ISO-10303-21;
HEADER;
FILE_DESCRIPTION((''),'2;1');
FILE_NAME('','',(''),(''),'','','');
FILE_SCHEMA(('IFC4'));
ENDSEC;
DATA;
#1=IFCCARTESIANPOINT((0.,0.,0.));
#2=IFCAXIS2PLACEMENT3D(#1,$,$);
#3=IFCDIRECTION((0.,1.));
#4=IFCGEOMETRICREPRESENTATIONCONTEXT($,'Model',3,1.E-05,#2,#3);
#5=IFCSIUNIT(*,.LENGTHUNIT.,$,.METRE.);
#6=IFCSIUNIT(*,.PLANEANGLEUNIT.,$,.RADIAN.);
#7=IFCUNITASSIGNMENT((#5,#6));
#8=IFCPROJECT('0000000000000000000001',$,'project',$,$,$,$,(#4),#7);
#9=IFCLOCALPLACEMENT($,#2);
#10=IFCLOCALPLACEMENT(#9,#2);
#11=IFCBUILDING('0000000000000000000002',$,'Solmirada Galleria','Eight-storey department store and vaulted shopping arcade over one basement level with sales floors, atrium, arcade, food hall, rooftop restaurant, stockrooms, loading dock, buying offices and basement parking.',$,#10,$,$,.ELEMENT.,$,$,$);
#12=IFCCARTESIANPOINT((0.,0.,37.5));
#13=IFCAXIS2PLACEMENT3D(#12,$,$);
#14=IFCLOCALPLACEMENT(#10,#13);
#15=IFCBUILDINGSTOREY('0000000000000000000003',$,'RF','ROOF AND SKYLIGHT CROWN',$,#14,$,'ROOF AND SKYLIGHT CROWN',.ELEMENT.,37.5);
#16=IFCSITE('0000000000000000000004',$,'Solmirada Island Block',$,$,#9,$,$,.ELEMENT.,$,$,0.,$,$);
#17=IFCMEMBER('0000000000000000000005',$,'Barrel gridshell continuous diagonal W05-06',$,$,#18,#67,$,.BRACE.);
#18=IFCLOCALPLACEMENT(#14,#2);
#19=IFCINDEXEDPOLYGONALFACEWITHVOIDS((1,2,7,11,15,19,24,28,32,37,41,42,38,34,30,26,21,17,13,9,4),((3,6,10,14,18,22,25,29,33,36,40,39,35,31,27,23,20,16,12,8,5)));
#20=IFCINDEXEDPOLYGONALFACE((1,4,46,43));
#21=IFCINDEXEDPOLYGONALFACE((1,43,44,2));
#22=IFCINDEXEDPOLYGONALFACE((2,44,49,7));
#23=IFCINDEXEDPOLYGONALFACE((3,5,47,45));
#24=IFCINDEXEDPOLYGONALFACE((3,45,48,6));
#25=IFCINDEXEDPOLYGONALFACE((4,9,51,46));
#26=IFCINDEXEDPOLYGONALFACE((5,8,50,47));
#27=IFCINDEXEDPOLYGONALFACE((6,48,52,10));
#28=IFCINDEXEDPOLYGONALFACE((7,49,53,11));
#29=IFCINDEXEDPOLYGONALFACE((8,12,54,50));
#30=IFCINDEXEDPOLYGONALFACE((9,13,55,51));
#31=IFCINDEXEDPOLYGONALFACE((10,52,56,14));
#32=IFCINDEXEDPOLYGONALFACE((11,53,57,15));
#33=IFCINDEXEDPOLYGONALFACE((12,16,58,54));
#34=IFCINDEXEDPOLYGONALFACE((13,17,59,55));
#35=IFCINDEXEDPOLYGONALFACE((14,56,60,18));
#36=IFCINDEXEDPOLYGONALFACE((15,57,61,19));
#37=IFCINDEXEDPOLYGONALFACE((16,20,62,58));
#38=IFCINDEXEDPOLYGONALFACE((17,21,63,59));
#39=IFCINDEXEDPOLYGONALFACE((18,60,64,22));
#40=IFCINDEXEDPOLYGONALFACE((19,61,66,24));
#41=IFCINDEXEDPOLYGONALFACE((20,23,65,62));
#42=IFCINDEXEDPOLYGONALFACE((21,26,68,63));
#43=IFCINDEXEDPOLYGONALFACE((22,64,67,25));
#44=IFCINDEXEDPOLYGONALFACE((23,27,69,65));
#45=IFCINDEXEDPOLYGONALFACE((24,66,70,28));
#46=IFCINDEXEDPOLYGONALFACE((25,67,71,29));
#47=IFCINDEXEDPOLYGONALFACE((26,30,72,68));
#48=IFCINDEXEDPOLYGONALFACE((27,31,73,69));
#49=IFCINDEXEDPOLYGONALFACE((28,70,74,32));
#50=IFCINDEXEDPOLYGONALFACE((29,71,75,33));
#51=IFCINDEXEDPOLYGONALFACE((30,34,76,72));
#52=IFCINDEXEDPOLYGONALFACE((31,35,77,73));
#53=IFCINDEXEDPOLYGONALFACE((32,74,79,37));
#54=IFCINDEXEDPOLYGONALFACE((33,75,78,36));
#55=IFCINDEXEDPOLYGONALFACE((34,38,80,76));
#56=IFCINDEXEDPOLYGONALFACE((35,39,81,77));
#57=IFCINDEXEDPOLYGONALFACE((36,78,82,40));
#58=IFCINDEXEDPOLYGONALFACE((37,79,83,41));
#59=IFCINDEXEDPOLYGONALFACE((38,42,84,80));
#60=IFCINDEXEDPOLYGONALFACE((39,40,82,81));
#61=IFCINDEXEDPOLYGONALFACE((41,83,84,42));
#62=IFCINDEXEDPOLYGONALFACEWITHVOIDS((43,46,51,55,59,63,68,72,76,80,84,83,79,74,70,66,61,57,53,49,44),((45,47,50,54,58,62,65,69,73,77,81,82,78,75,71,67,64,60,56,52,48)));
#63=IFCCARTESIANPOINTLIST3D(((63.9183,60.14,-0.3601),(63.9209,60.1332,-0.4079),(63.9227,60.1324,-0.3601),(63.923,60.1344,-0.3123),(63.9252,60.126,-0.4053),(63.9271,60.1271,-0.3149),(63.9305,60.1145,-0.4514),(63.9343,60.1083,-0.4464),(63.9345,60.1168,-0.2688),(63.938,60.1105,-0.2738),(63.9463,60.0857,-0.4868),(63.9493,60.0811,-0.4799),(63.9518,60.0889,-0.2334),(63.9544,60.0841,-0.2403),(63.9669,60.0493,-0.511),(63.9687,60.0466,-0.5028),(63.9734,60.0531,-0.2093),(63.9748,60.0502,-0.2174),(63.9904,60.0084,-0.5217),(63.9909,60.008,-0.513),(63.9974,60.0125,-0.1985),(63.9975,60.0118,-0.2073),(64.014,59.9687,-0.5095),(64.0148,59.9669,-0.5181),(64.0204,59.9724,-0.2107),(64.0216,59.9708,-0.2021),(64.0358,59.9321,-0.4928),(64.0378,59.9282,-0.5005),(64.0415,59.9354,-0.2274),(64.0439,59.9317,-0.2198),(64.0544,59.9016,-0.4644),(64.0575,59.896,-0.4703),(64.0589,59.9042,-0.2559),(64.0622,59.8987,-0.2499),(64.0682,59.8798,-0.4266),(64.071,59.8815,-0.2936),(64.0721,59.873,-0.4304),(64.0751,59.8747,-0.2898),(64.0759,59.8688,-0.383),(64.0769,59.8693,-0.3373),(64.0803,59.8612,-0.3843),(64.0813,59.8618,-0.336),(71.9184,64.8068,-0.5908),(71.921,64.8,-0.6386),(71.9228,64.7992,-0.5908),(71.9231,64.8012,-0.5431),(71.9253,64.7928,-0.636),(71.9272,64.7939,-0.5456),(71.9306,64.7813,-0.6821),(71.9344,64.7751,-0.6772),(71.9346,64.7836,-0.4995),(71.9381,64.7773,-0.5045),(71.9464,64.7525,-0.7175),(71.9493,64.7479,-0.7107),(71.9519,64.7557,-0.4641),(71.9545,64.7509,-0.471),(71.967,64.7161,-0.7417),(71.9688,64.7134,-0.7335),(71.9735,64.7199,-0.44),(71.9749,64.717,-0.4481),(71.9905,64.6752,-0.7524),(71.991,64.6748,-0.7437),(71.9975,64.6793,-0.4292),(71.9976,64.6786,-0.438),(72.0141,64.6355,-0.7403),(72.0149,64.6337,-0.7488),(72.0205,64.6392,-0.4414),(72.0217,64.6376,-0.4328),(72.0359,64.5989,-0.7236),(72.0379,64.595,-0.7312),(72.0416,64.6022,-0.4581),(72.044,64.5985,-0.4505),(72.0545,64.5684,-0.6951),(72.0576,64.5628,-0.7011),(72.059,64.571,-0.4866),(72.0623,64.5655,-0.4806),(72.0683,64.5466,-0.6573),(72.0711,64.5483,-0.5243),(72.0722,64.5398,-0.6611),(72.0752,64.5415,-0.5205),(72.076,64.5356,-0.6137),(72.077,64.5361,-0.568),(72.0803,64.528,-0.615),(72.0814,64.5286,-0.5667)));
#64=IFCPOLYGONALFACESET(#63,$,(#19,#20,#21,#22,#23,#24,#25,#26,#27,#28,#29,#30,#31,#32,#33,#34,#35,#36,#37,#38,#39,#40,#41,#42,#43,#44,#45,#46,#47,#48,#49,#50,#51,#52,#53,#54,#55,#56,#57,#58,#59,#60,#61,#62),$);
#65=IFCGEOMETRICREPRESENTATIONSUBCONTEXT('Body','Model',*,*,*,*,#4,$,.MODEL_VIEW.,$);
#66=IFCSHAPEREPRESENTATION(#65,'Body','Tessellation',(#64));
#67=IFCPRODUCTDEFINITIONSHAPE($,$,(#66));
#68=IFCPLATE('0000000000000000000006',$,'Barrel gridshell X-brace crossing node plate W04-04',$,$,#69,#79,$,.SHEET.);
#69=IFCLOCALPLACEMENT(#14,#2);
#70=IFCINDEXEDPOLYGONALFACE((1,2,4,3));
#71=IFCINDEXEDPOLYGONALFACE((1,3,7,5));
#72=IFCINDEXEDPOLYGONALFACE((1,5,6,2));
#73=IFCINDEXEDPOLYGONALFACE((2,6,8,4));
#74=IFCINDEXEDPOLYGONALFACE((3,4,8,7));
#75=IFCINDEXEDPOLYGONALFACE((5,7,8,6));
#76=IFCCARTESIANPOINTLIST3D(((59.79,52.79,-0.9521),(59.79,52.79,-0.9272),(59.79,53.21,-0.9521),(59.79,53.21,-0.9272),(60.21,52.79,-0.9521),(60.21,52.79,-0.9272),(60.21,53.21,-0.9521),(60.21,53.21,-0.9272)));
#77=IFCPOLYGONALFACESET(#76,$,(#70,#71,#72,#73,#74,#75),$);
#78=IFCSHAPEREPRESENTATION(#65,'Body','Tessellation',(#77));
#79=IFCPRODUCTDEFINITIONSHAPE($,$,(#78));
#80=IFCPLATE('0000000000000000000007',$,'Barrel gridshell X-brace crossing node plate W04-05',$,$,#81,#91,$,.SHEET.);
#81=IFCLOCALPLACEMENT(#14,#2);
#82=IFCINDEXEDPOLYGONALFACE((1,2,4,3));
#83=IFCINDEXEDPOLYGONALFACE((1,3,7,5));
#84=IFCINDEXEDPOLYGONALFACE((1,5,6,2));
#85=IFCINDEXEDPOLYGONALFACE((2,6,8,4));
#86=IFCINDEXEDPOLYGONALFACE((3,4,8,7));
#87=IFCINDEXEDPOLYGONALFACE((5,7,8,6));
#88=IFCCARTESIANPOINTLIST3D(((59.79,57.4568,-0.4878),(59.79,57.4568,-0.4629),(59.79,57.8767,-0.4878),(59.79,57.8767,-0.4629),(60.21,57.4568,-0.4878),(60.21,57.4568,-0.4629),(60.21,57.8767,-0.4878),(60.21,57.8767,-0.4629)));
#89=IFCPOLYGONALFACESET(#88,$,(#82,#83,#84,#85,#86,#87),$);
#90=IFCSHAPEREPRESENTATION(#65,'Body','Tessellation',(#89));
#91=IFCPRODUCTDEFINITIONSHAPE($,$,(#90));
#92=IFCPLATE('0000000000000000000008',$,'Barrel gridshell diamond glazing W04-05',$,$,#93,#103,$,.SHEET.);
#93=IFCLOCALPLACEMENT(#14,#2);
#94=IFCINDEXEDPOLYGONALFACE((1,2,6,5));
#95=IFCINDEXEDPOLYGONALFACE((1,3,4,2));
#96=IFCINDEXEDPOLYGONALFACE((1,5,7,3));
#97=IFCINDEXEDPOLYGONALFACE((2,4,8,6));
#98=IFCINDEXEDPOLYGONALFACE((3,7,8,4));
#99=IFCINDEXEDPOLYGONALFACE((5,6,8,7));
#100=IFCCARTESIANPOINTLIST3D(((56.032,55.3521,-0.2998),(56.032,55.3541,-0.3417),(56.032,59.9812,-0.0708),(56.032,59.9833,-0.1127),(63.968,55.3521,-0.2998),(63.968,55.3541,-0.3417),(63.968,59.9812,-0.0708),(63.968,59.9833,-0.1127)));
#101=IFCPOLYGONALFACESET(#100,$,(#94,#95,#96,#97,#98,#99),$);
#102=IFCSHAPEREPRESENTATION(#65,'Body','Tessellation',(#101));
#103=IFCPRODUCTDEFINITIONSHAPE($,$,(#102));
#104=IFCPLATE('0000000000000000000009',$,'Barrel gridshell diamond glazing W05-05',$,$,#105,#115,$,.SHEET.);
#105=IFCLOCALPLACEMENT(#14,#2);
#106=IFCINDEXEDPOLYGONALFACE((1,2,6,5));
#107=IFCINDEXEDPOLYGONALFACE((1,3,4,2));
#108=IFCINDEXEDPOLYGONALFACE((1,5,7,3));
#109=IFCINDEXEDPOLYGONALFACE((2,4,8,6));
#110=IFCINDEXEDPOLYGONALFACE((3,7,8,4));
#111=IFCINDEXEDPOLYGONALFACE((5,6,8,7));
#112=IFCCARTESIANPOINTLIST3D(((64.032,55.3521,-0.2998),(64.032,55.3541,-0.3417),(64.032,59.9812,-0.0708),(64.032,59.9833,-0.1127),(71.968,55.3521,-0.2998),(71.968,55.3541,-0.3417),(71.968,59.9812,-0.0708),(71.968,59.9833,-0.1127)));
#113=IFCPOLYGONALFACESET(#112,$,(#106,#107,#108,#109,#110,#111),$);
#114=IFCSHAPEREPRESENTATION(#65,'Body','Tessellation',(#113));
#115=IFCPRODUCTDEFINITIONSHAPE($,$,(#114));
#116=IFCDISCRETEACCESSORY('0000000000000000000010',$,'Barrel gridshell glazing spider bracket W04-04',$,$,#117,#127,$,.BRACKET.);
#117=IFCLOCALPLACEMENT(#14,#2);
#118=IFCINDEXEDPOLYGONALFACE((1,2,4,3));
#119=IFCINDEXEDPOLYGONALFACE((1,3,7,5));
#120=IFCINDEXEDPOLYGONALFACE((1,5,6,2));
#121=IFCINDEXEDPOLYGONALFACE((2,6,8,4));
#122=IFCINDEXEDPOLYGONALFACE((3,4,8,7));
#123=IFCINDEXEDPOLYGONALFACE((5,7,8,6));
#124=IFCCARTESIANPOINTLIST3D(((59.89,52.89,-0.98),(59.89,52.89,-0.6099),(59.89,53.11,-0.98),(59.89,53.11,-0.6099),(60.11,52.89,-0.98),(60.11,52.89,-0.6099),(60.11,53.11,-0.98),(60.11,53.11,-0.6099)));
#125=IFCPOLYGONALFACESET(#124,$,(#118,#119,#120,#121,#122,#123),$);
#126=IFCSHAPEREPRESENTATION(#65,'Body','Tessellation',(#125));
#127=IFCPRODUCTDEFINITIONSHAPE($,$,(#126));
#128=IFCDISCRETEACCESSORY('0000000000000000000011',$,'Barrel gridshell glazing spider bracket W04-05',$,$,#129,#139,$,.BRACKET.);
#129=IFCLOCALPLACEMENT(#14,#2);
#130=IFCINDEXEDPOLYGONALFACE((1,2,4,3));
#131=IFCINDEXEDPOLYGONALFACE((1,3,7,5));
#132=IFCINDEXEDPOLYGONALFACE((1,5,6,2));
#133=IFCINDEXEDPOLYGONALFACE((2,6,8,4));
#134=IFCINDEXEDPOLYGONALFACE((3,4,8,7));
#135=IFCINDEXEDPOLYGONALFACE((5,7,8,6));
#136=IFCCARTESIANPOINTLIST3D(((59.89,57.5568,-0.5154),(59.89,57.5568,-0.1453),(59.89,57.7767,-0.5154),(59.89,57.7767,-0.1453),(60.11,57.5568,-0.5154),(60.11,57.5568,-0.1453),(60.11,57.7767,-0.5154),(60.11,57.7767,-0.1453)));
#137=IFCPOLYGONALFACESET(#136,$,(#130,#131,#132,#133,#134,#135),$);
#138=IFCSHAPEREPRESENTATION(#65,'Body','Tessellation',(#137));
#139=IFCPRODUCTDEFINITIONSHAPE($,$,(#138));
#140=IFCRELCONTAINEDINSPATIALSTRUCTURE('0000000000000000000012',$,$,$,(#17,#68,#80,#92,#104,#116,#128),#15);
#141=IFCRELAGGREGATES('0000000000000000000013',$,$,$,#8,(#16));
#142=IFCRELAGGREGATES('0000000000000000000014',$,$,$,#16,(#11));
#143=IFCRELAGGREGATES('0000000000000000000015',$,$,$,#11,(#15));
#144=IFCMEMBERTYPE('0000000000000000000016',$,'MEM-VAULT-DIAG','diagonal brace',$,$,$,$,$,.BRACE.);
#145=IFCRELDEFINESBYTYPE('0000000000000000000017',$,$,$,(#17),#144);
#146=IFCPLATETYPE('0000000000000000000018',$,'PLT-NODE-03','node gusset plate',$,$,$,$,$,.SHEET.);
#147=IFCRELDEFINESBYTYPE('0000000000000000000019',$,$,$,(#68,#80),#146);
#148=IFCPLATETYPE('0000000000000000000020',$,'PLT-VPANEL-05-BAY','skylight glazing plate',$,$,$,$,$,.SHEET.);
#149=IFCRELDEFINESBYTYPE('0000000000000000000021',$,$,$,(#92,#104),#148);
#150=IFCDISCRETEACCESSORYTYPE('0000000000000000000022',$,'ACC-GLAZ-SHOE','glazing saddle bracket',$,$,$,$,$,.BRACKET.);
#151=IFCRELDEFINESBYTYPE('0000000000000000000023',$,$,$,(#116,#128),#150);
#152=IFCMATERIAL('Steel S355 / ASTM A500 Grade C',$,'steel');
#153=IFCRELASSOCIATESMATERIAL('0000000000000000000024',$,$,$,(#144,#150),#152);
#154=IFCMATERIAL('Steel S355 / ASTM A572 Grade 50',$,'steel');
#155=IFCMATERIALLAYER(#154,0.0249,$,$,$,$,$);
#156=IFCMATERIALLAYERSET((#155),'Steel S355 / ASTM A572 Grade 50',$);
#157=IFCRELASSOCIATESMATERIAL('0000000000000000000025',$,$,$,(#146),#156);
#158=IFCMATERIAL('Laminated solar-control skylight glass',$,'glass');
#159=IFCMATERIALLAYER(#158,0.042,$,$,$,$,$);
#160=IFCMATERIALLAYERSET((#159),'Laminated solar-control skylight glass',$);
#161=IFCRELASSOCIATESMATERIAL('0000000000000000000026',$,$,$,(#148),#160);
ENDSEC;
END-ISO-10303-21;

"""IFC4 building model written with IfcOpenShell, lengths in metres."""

from ifc_helpers import new_model, si_unit, direction, frame, origin, origin_2d, place, context, subcontext, project, spatial, polyline, rectangle, hollow_circle, outline, extrude, material, layer, layer_set, material_profile, profile_set, type_object, element, save


model = new_model("IFC4")

# Units and contexts
model_context = context("Model", 3, precision=1e-05, world=origin(), true_north=direction((0.0, 1.0)))
body_context = subcontext(model_context, "Body", "Model", "MODEL_VIEW")
ifc_project = project(units=[si_unit("LENGTHUNIT", "METRE"), si_unit("PLANEANGLEUNIT", "RADIAN")], contexts=[model_context])

# Site, building, storey
site_placement = place(None, origin())
site = spatial("IfcSite", under=ifc_project, at=site_placement, Name="Solmirada Island Block", CompositionType="ELEMENT", RefElevation=0.0)
building_placement = place(site_placement, origin())
building = spatial("IfcBuilding", under=site, at=building_placement, Name="Solmirada Galleria", Description="Eight-storey department store and vaulted shopping arcade over one basement level with sales floors, atrium, arcade, food hall, rooftop restaurant, stockrooms, loading dock, buying offices and basement parking.", CompositionType="ELEMENT")
storey_placement = place(building_placement, frame((0.0, 0.0, 37.5)))
storey = spatial("IfcBuildingStorey", under=building, at=storey_placement, Name="RF", Description="ROOF AND SKYLIGHT CROWN", LongName="ROOF AND SKYLIGHT CROWN", CompositionType="ELEMENT", Elevation=37.5)

# Member
ifc_material_1 = material(Name="Steel S355 / ASTM A500 Grade C", Category="steel")
ifc_material_profile_1 = material_profile(ifc_material_1, hollow_circle(Radius=0.1621, WallThickness=0.0088, at=origin_2d()), Name="HSS12.750X0.375")
ifc_profile_set_1 = profile_set([ifc_material_profile_1], Name="Steel S355 / ASTM A500 Grade C")
member_type_1 = type_object("IfcMemberType", Name="MEM-VAULT-DIAG", Description="diagonal brace", PredefinedType="BRACE", material=ifc_profile_set_1)
member_1_placement = place(storey_placement, frame((64.0, 60.0, -0.3601), z_axis=(0.863507, 0.503721, -0.024903), x_axis=(-0.503878, 0.863775, 0.0)))
element("IfcMember", 1, at=member_1_placement, inside=storey, type_object=member_type_1, Name="Barrel gridshell continuous diagonal W05-06", PredefinedType="BRACE", context=body_context, shape_type="SweptSolid", body=[
    extrude(hollow_circle(Radius=0.1621, WallThickness=0.0088, at=origin_2d()), origin(), (0.0, 0.0, 1.0), 9.2646),
])

# Plates
ifc_material_2 = material(Name="Steel S355 / ASTM A572 Grade 50", Category="steel")
ifc_layer_1 = layer(ifc_material_2, 0.0249)
ifc_layer_set_1 = layer_set([ifc_layer_1], Name="Steel S355 / ASTM A572 Grade 50")
plate_type_1 = type_object("IfcPlateType", Name="PLT-NODE-03", Description="node gusset plate", PredefinedType="SHEET", material=ifc_layer_set_1)
for number, where, z_axis, x_axis, name in (
    (2, (60.0, 53.0, -0.9521), (0.0, 0.0, 1.0), (1.0, 0.0, 0.0), "Barrel gridshell X-brace crossing node plate W04-04"),
    (3, (60.0, 57.6667, -0.4878), (0.0, 0.0, 1.0), (1.0, 0.0, 0.0), "Barrel gridshell X-brace crossing node plate W04-05"),
):
    element("IfcPlate", number, at=place(storey_placement, frame(where, z_axis=z_axis, x_axis=x_axis)), inside=storey, type_object=plate_type_1, Name=name, PredefinedType="SHEET", context=body_context, shape_type="SweptSolid", body=[
        extrude(rectangle(XDim=0.4199, YDim=0.4199, at=origin_2d()), origin(), (0.0, 0.0, 1.0), 0.0249),
    ])
ifc_material_3 = material(Name="Laminated solar-control skylight glass", Category="glass")
ifc_layer_2 = layer(ifc_material_3, 0.042)
ifc_layer_set_2 = layer_set([ifc_layer_2], Name="Laminated solar-control skylight glass")
plate_type_2 = type_object("IfcPlateType", Name="PLT-VPANEL-05-BAY", Description="skylight glazing plate", PredefinedType="SHEET", material=ifc_layer_set_2)
for number, where, z_axis, x_axis, name in (
    (4, (56.032, 55.3521, -0.2998), (0.0, -0.04941, 0.998779), (1.0, 0.0, 0.0), "Barrel gridshell diamond glazing W04-05"),
    (5, (64.032, 55.3521, -0.2998), (0.0, -0.04941, 0.998779), (1.0, 0.0, 0.0), "Barrel gridshell diamond glazing W05-05"),
):
    element("IfcPlate", number, at=place(storey_placement, frame(where, z_axis=z_axis, x_axis=x_axis)), inside=storey, type_object=plate_type_2, Name=name, PredefinedType="SHEET", context=body_context, shape_type="SweptSolid", body=[
        extrude(outline(polyline([(0.0, 0.0), (7.936, 0.0), (7.936, 4.6348), (0.0, 4.6348), (0.0, 0.0)])), origin(), (0.0, 0.0, -1.0), 0.042),
    ])

# Discrete accessories
discrete_accessory_type = type_object("IfcDiscreteAccessoryType", Name="ACC-GLAZ-SHOE", Description="glazing saddle bracket", PredefinedType="BRACKET", material=ifc_material_1)
for number, where, z_axis, x_axis, name in (
    (6, (60.0, 53.0, -0.98), (0.0, 0.0, 1.0), (1.0, 0.0, 0.0), "Barrel gridshell glazing spider bracket W04-04"),
    (7, (60.0, 57.6667, -0.5154), (0.0, 0.0, 1.0), (1.0, 0.0, 0.0), "Barrel gridshell glazing spider bracket W04-05"),
):
    element("IfcDiscreteAccessory", number, at=place(storey_placement, frame(where, z_axis=z_axis, x_axis=x_axis)), inside=storey, type_object=discrete_accessory_type, Name=name, PredefinedType="BRACKET", context=body_context, shape_type="SweptSolid", body=[
        extrude(rectangle(XDim=0.22, YDim=0.22, at=origin_2d()), origin(), (0.0, 0.0, 1.0), 0.3701),
    ])

save(model, "model.ifc")
